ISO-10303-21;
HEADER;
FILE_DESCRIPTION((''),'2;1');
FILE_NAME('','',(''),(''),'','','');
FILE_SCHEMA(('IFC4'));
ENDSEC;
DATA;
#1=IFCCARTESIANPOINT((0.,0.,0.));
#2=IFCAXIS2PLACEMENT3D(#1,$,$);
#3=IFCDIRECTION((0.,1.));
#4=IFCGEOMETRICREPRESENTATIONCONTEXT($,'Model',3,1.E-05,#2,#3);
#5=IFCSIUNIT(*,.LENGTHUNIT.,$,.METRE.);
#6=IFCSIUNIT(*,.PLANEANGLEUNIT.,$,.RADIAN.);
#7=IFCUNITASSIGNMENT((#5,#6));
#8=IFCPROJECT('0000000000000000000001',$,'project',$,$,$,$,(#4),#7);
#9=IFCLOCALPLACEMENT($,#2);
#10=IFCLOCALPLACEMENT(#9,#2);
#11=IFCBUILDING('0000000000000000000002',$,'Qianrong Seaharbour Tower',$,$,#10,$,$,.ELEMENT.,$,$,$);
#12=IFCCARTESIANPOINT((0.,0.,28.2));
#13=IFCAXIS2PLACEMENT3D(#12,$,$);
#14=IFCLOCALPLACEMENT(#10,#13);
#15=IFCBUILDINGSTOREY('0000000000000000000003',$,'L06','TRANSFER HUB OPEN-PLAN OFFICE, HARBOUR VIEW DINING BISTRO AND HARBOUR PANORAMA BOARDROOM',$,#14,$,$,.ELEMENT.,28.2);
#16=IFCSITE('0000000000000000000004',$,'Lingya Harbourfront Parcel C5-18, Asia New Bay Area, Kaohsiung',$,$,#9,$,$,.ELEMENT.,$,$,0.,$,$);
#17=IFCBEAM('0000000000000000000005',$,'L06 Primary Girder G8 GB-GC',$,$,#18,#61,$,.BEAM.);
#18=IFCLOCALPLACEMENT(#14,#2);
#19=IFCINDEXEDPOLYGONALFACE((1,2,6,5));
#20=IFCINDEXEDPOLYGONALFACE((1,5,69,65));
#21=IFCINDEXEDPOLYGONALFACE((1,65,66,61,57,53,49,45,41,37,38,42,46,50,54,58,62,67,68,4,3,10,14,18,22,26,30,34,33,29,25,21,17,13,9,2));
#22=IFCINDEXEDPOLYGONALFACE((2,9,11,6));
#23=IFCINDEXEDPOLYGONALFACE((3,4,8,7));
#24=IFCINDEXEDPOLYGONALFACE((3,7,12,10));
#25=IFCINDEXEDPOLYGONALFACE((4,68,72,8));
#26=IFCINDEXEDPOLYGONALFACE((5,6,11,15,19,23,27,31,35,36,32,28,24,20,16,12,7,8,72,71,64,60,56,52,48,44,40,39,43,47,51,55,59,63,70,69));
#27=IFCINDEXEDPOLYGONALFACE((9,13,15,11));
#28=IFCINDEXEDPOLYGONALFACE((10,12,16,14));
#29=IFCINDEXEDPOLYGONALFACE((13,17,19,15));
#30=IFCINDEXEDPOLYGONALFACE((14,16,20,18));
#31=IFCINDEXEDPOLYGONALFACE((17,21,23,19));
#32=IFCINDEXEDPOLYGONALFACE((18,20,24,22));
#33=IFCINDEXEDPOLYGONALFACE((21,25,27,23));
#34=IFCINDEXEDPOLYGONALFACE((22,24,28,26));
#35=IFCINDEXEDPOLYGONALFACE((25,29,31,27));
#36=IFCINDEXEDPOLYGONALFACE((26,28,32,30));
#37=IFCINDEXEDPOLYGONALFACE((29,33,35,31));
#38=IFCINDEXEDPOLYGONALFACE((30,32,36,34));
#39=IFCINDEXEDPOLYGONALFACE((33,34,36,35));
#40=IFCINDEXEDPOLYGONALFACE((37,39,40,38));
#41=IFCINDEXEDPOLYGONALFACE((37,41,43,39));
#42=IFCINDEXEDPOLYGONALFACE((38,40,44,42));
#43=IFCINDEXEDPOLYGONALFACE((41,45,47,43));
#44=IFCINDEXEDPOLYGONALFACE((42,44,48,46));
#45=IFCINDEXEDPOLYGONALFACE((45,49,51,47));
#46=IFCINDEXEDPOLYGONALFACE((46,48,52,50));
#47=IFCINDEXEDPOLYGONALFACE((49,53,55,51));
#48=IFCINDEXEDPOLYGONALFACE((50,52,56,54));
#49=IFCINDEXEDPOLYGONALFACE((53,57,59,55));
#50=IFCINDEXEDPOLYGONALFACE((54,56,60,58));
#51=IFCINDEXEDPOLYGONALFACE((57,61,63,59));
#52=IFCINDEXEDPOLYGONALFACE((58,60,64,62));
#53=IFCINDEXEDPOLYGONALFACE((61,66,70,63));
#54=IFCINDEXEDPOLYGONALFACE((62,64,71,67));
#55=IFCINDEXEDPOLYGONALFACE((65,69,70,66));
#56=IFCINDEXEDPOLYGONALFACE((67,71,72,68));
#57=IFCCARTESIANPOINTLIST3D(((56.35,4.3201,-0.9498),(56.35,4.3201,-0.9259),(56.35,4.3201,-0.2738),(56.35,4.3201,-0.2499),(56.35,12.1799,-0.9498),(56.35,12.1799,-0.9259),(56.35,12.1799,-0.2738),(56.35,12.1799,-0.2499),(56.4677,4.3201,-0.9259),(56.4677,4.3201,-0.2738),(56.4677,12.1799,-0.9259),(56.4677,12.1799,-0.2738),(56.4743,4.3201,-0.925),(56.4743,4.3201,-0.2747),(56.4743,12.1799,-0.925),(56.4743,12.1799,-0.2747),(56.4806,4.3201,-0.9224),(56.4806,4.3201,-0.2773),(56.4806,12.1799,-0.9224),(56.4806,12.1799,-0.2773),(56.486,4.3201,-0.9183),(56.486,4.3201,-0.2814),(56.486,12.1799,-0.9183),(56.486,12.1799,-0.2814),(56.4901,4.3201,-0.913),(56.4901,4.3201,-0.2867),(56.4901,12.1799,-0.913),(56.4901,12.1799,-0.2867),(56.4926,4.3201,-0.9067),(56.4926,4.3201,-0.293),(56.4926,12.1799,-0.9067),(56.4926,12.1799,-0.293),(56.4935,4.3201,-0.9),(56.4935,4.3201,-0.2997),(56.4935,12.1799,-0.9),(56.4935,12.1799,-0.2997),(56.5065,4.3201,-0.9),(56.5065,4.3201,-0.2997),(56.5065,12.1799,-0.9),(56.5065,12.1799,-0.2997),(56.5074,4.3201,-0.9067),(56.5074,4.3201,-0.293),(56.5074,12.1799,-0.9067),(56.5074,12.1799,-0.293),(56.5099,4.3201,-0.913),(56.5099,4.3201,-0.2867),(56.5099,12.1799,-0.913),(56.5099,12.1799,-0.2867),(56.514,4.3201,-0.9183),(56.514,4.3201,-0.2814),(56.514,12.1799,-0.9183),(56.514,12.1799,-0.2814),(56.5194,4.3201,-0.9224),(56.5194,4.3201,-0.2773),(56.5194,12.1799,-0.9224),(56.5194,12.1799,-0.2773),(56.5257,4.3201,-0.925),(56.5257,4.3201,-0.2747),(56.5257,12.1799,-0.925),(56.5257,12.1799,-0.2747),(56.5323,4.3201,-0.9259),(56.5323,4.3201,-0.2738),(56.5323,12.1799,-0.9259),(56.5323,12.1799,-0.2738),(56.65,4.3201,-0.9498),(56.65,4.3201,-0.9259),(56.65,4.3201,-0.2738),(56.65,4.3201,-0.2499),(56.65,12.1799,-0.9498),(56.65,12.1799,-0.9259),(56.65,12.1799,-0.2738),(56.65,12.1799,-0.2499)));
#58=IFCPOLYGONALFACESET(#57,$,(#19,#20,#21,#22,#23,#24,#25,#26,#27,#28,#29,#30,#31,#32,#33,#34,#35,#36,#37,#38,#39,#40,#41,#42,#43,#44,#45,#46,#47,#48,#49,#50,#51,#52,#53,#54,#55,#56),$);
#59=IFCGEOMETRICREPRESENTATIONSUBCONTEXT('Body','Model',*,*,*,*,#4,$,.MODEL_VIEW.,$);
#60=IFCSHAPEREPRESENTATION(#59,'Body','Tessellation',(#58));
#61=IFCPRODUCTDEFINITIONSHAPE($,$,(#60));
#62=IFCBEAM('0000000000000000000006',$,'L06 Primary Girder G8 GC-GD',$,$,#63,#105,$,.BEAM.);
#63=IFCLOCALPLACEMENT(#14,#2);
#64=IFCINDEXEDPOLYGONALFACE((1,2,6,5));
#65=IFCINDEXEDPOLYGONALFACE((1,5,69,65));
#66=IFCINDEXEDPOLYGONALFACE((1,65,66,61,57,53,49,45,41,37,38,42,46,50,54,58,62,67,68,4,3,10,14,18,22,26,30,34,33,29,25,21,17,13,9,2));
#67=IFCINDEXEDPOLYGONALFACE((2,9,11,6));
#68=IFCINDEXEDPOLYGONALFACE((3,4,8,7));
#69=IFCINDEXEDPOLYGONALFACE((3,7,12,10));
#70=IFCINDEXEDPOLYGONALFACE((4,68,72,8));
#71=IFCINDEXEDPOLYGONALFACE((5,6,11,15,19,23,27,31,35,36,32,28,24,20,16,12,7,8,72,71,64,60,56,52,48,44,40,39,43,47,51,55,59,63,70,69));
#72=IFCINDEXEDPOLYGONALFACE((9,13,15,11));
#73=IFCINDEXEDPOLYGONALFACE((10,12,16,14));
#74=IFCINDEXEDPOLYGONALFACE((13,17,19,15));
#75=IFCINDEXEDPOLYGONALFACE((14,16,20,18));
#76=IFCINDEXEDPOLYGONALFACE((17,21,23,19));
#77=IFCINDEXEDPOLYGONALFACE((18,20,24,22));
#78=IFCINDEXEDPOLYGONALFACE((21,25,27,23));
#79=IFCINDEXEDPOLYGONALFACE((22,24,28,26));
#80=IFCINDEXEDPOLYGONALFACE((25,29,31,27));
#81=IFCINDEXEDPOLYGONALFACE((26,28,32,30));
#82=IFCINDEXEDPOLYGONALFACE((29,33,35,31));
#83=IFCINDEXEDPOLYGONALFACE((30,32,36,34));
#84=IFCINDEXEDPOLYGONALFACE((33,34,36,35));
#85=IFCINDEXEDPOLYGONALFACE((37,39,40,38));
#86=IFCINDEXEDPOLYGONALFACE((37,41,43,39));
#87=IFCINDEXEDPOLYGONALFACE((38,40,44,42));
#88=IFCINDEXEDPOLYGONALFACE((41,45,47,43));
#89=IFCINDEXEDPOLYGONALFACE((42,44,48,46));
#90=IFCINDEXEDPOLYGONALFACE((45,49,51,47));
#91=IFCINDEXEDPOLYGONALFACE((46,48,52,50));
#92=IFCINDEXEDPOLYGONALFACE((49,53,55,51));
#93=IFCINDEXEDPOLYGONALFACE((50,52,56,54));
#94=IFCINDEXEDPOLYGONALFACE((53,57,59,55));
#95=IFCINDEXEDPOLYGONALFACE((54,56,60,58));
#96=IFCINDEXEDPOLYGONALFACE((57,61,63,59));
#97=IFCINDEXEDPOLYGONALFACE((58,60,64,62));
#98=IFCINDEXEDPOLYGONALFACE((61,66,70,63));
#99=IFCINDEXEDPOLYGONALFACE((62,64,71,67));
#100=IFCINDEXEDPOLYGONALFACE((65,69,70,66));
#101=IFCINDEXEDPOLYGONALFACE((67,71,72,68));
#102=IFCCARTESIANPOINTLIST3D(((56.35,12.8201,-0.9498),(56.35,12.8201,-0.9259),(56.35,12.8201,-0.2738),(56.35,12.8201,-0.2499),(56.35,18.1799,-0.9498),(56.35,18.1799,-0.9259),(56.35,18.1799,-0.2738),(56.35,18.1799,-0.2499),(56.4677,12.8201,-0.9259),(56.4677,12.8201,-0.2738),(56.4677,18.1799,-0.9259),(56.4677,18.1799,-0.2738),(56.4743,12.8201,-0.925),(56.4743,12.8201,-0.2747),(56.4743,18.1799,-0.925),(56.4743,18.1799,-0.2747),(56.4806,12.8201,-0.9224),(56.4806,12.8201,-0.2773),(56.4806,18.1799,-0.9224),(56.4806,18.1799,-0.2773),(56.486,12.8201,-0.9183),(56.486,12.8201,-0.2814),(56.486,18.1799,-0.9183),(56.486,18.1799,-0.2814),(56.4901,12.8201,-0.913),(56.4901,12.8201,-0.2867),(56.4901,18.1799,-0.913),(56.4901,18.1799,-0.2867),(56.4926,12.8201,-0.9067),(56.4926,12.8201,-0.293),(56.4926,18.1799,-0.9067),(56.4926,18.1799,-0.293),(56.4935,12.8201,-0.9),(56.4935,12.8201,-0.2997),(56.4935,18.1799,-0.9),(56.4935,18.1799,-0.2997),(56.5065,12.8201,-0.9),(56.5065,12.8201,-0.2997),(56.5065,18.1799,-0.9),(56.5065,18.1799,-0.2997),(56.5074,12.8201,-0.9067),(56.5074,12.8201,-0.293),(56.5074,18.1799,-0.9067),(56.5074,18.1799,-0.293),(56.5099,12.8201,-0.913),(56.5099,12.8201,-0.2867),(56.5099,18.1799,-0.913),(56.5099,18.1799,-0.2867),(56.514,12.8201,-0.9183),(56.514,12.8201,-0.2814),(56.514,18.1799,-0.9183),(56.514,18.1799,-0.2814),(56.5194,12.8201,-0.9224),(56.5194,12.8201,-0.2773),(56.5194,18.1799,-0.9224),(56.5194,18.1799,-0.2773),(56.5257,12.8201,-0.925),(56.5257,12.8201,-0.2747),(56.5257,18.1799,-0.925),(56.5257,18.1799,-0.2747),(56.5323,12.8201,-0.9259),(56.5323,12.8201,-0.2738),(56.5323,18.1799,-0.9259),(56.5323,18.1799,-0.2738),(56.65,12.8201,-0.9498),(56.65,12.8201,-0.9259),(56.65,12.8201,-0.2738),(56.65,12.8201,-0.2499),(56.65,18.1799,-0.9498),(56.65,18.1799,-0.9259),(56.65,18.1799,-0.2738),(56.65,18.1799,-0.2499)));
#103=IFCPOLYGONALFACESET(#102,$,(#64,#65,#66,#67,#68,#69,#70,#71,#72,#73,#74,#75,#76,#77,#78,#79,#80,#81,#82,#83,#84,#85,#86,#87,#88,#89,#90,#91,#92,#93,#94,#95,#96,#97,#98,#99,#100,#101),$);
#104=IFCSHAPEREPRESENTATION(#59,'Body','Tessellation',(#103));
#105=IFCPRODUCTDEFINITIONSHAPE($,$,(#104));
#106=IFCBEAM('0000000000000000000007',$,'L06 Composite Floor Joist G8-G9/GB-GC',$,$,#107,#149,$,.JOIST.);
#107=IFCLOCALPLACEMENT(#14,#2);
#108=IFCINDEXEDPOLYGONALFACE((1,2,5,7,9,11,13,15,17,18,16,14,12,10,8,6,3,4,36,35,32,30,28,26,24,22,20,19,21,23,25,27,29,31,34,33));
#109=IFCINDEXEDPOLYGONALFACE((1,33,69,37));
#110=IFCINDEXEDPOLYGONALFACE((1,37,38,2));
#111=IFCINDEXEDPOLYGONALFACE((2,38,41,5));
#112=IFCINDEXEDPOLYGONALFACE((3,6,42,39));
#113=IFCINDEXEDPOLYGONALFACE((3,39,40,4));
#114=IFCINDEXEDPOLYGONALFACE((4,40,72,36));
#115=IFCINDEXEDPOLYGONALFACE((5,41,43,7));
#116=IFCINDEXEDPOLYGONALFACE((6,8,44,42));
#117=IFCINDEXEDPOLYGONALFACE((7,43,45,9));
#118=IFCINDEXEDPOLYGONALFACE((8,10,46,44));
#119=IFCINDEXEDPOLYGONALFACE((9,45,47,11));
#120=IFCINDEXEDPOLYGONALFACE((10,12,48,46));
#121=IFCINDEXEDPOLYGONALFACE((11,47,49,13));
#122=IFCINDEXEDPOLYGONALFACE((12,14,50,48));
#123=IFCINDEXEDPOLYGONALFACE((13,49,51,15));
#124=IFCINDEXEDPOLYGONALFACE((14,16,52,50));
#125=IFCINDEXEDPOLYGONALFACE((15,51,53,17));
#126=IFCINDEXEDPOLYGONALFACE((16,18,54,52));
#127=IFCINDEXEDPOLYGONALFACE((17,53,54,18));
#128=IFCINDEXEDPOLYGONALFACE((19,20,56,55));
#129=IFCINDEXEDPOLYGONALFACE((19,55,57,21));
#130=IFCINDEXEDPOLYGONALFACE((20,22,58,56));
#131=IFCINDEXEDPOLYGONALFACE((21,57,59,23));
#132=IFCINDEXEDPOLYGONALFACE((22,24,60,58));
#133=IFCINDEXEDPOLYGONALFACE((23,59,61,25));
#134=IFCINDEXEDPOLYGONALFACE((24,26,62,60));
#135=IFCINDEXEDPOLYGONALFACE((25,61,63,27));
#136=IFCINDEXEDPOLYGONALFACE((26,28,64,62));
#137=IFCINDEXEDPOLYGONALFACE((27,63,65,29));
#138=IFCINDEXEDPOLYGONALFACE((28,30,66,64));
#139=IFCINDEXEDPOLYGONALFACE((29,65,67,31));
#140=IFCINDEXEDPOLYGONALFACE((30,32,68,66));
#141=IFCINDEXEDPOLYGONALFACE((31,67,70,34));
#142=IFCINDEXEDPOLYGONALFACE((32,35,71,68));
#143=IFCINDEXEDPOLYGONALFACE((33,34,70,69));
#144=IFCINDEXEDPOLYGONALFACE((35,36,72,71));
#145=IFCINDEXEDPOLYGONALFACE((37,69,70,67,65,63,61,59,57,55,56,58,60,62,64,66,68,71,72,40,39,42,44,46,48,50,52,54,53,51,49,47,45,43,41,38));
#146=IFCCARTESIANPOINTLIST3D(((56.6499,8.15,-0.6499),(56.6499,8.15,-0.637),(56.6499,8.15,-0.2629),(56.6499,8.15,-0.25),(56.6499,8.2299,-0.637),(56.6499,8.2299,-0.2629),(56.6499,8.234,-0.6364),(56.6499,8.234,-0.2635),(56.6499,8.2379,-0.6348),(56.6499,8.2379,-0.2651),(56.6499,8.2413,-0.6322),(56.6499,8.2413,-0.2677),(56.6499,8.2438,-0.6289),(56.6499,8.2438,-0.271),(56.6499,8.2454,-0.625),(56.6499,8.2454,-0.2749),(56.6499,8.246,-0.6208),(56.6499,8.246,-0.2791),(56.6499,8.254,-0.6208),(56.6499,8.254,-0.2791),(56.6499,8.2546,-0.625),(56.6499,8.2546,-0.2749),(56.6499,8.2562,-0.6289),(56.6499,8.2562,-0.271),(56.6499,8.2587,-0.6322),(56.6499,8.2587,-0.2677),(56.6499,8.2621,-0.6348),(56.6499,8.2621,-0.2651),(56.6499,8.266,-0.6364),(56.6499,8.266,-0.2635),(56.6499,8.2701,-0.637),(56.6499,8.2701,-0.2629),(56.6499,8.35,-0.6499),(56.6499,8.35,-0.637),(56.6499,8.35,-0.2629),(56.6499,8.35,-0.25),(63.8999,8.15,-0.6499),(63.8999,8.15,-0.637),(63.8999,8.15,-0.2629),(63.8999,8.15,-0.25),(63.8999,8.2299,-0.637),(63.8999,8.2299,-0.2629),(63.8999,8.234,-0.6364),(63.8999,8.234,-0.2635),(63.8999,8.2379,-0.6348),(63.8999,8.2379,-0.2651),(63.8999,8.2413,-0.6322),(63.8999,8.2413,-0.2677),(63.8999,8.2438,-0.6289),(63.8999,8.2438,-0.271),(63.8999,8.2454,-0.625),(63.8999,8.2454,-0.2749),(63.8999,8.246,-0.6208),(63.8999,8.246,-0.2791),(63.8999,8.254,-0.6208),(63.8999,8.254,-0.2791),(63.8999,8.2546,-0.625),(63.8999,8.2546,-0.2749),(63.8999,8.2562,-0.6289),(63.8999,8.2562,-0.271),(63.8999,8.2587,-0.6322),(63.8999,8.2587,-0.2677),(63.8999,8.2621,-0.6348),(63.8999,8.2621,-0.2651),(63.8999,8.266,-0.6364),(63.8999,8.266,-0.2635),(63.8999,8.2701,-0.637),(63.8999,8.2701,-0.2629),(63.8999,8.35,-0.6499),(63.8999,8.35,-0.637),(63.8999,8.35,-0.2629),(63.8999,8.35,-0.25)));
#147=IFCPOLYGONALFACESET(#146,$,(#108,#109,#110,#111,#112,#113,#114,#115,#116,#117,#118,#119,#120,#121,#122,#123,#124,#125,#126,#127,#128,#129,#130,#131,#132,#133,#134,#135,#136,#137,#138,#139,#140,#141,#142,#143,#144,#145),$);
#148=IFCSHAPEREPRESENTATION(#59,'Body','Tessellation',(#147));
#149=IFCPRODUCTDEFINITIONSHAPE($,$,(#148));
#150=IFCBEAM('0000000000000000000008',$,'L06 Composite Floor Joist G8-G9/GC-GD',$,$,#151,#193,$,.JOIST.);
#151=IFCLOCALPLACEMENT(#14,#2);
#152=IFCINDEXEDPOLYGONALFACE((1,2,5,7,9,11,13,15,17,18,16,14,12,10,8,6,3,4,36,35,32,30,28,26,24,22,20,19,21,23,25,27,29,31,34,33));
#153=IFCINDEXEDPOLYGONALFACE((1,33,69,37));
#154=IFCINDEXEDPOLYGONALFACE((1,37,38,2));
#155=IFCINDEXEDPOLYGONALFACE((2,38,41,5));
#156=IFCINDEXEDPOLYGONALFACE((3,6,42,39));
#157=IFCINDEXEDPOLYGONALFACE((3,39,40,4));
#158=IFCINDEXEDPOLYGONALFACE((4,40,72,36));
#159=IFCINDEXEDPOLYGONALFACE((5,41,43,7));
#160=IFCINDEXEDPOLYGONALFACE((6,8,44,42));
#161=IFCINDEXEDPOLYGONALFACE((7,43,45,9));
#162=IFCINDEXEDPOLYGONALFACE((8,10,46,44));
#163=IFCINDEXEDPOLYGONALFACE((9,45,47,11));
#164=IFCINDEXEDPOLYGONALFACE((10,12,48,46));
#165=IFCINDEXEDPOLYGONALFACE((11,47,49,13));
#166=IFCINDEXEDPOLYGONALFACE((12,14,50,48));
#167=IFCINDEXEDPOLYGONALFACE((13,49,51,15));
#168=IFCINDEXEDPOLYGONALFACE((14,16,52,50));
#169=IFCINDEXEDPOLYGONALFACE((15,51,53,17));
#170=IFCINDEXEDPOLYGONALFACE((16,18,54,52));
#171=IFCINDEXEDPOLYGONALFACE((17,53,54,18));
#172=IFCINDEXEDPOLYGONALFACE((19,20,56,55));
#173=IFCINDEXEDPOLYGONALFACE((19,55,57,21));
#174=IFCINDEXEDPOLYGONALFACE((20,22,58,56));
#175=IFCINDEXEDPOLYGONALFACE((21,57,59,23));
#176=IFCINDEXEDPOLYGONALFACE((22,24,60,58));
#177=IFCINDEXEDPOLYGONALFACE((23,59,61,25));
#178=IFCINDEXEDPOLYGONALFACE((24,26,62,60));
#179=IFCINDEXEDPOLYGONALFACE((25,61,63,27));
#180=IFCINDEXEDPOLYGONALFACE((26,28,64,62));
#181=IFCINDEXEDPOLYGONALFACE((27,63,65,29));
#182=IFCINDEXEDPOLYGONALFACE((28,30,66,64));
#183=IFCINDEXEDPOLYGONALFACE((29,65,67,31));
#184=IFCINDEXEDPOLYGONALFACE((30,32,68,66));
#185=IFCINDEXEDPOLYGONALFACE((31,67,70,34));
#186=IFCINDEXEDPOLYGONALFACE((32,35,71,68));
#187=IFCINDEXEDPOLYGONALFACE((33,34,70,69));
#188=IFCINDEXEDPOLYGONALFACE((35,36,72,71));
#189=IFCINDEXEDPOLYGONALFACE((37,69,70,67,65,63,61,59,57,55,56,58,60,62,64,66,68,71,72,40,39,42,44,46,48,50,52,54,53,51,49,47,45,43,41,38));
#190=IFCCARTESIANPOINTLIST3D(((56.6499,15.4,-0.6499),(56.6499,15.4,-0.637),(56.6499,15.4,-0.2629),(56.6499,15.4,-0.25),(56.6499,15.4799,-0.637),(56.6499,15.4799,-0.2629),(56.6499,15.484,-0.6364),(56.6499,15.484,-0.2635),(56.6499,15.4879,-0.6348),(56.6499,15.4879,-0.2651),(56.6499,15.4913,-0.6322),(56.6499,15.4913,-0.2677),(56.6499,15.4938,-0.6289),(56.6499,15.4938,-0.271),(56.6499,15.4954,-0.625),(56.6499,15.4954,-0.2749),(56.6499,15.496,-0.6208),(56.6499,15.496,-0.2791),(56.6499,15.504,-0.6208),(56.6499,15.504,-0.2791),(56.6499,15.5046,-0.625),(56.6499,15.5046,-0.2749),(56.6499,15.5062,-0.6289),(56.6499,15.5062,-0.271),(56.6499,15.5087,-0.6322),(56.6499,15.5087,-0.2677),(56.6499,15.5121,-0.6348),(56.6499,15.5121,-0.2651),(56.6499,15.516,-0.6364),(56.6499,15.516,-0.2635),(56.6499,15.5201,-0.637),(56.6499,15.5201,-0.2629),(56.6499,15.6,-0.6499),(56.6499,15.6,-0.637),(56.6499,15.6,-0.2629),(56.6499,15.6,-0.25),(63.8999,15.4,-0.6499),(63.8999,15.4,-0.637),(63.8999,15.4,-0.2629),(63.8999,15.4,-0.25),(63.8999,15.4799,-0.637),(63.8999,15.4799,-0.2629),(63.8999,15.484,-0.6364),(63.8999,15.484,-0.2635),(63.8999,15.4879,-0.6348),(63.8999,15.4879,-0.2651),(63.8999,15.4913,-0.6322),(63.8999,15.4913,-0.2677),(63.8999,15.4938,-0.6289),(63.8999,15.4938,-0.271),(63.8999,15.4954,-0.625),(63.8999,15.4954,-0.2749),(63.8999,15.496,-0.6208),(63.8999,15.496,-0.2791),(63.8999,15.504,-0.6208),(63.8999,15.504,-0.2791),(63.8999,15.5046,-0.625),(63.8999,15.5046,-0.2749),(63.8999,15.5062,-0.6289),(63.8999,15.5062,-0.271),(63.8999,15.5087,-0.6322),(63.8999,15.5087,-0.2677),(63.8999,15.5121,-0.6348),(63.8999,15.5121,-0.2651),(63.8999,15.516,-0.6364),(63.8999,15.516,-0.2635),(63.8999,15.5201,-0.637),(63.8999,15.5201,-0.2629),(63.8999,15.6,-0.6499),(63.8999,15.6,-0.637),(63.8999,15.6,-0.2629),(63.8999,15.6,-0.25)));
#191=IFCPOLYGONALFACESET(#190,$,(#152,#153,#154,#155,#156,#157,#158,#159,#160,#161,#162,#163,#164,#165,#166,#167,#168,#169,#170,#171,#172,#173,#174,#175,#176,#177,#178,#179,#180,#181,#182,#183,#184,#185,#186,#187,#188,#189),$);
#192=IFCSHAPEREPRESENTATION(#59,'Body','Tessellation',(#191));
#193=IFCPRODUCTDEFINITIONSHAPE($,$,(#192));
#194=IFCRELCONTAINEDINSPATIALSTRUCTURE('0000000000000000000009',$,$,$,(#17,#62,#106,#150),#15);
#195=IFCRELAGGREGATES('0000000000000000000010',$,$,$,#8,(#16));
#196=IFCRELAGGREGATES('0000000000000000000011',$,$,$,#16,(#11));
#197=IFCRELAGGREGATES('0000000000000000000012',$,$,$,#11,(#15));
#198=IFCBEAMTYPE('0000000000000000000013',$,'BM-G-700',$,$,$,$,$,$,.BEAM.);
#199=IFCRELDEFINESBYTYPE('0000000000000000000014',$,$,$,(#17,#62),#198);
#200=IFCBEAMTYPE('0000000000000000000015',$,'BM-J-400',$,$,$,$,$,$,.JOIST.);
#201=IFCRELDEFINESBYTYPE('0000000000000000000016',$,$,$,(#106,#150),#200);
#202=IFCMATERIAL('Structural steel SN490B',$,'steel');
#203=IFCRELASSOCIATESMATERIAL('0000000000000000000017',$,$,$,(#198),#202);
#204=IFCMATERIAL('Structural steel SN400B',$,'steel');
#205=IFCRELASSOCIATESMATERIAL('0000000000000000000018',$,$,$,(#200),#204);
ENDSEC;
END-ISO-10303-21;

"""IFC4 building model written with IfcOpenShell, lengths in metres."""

from ifc_helpers import new_model, si_unit, direction, frame, origin, origin_2d, place, context, subcontext, project, spatial, i_section, extrude, material, material_profile, profile_set, type_object, element, save


model = new_model("IFC4")

# Units and contexts
model_context = context("Model", 3, precision=1e-05, world=origin(), true_north=direction((0.0, 1.0)))
body_context = subcontext(model_context, "Body", "Model", "MODEL_VIEW")
ifc_project = project(units=[si_unit("LENGTHUNIT", "METRE"), si_unit("PLANEANGLEUNIT", "RADIAN")], contexts=[model_context])

# Site, building, storey
site_placement = place(None, origin())
site = spatial("IfcSite", under=ifc_project, at=site_placement, Name="Lingya Harbourfront Parcel C5-18, Asia New Bay Area, Kaohsiung", CompositionType="ELEMENT", RefElevation=0.0)
building_placement = place(site_placement, origin())
building = spatial("IfcBuilding", under=site, at=building_placement, Name="Qianrong Seaharbour Tower", CompositionType="ELEMENT")
storey_placement = place(building_placement, frame((0.0, 0.0, 28.2)))
storey = spatial("IfcBuildingStorey", under=building, at=storey_placement, Name="L06", Description="TRANSFER HUB OPEN-PLAN OFFICE, HARBOUR VIEW DINING BISTRO AND HARBOUR PANORAMA BOARDROOM", CompositionType="ELEMENT", Elevation=28.2)

# Shared definitions
ifc_material_1 = material(Name="Structural steel SN490B", Category="steel")

# Beams
ifc_material_profile_1 = material_profile(ifc_material_1, i_section(OverallWidth=0.3, OverallDepth=0.7, WebThickness=0.0129, FlangeThickness=0.0239, FilletRadius=0.0259, at=origin_2d()), Name="H700x300x13x24")
ifc_profile_set_1 = profile_set([ifc_material_profile_1], Name="Structural steel SN490B")
beam_type_1 = type_object("IfcBeamType", Name="BM-G-700", PredefinedType="BEAM", material=ifc_profile_set_1)
beam_1_placement = place(storey_placement, frame((56.5, 4.3201, -0.5999), z_axis=(0.0, 1.0, 0.0), x_axis=(-1.0, 0.0, 0.0)))
element("IfcBeam", 1, at=beam_1_placement, inside=storey, type_object=beam_type_1, Name="L06 Primary Girder G8 GB-GC", PredefinedType="BEAM", context=body_context, shape_type="SweptSolid", body=[
    extrude(i_section(OverallWidth=0.3, OverallDepth=0.7, WebThickness=0.0129, FlangeThickness=0.0239, FilletRadius=0.0259, at=origin_2d()), origin(), (0.0, 0.0, 1.0), 7.8599),
])
beam_2_placement = place(storey_placement, frame((56.5, 12.8201, -0.5999), z_axis=(0.0, 1.0, 0.0), x_axis=(-1.0, 0.0, 0.0)))
element("IfcBeam", 2, at=beam_2_placement, inside=storey, type_object=beam_type_1, Name="L06 Primary Girder G8 GC-GD", PredefinedType="BEAM", context=body_context, shape_type="SweptSolid", body=[
    extrude(i_section(OverallWidth=0.3, OverallDepth=0.7, WebThickness=0.0129, FlangeThickness=0.0239, FilletRadius=0.0259, at=origin_2d()), origin(), (0.0, 0.0, 1.0), 5.3599),
])
ifc_material_2 = material(Name="Structural steel SN400B", Category="steel")
ifc_material_profile_2 = material_profile(ifc_material_2, i_section(OverallWidth=0.2, OverallDepth=0.3999, WebThickness=0.0081, FlangeThickness=0.0129, FilletRadius=0.0161, at=origin_2d()), Name="H400x200x8x13")
ifc_profile_set_2 = profile_set([ifc_material_profile_2], Name="Structural steel SN400B")
beam_type_2 = type_object("IfcBeamType", Name="BM-J-400", PredefinedType="JOIST", material=ifc_profile_set_2)
for number, where, z_axis, x_axis, name in (
    (3, (56.6499, 8.25, -0.45), (1.0, 0.0, 0.0), (0.0, 1.0, 0.0), "L06 Composite Floor Joist G8-G9/GB-GC"),
    (4, (56.6499, 15.5, -0.45), (1.0, 0.0, 0.0), (0.0, 1.0, 0.0), "L06 Composite Floor Joist G8-G9/GC-GD"),
):
    element("IfcBeam", number, at=place(storey_placement, frame(where, z_axis=z_axis, x_axis=x_axis)), inside=storey, type_object=beam_type_2, Name=name, PredefinedType="JOIST", context=body_context, shape_type="SweptSolid", body=[
        extrude(i_section(OverallWidth=0.2, OverallDepth=0.3999, WebThickness=0.0081, FlangeThickness=0.0129, FilletRadius=0.0161, at=origin_2d()), origin(), (0.0, 0.0, 1.0), 7.25),
    ])

save(model, "model.ifc")
